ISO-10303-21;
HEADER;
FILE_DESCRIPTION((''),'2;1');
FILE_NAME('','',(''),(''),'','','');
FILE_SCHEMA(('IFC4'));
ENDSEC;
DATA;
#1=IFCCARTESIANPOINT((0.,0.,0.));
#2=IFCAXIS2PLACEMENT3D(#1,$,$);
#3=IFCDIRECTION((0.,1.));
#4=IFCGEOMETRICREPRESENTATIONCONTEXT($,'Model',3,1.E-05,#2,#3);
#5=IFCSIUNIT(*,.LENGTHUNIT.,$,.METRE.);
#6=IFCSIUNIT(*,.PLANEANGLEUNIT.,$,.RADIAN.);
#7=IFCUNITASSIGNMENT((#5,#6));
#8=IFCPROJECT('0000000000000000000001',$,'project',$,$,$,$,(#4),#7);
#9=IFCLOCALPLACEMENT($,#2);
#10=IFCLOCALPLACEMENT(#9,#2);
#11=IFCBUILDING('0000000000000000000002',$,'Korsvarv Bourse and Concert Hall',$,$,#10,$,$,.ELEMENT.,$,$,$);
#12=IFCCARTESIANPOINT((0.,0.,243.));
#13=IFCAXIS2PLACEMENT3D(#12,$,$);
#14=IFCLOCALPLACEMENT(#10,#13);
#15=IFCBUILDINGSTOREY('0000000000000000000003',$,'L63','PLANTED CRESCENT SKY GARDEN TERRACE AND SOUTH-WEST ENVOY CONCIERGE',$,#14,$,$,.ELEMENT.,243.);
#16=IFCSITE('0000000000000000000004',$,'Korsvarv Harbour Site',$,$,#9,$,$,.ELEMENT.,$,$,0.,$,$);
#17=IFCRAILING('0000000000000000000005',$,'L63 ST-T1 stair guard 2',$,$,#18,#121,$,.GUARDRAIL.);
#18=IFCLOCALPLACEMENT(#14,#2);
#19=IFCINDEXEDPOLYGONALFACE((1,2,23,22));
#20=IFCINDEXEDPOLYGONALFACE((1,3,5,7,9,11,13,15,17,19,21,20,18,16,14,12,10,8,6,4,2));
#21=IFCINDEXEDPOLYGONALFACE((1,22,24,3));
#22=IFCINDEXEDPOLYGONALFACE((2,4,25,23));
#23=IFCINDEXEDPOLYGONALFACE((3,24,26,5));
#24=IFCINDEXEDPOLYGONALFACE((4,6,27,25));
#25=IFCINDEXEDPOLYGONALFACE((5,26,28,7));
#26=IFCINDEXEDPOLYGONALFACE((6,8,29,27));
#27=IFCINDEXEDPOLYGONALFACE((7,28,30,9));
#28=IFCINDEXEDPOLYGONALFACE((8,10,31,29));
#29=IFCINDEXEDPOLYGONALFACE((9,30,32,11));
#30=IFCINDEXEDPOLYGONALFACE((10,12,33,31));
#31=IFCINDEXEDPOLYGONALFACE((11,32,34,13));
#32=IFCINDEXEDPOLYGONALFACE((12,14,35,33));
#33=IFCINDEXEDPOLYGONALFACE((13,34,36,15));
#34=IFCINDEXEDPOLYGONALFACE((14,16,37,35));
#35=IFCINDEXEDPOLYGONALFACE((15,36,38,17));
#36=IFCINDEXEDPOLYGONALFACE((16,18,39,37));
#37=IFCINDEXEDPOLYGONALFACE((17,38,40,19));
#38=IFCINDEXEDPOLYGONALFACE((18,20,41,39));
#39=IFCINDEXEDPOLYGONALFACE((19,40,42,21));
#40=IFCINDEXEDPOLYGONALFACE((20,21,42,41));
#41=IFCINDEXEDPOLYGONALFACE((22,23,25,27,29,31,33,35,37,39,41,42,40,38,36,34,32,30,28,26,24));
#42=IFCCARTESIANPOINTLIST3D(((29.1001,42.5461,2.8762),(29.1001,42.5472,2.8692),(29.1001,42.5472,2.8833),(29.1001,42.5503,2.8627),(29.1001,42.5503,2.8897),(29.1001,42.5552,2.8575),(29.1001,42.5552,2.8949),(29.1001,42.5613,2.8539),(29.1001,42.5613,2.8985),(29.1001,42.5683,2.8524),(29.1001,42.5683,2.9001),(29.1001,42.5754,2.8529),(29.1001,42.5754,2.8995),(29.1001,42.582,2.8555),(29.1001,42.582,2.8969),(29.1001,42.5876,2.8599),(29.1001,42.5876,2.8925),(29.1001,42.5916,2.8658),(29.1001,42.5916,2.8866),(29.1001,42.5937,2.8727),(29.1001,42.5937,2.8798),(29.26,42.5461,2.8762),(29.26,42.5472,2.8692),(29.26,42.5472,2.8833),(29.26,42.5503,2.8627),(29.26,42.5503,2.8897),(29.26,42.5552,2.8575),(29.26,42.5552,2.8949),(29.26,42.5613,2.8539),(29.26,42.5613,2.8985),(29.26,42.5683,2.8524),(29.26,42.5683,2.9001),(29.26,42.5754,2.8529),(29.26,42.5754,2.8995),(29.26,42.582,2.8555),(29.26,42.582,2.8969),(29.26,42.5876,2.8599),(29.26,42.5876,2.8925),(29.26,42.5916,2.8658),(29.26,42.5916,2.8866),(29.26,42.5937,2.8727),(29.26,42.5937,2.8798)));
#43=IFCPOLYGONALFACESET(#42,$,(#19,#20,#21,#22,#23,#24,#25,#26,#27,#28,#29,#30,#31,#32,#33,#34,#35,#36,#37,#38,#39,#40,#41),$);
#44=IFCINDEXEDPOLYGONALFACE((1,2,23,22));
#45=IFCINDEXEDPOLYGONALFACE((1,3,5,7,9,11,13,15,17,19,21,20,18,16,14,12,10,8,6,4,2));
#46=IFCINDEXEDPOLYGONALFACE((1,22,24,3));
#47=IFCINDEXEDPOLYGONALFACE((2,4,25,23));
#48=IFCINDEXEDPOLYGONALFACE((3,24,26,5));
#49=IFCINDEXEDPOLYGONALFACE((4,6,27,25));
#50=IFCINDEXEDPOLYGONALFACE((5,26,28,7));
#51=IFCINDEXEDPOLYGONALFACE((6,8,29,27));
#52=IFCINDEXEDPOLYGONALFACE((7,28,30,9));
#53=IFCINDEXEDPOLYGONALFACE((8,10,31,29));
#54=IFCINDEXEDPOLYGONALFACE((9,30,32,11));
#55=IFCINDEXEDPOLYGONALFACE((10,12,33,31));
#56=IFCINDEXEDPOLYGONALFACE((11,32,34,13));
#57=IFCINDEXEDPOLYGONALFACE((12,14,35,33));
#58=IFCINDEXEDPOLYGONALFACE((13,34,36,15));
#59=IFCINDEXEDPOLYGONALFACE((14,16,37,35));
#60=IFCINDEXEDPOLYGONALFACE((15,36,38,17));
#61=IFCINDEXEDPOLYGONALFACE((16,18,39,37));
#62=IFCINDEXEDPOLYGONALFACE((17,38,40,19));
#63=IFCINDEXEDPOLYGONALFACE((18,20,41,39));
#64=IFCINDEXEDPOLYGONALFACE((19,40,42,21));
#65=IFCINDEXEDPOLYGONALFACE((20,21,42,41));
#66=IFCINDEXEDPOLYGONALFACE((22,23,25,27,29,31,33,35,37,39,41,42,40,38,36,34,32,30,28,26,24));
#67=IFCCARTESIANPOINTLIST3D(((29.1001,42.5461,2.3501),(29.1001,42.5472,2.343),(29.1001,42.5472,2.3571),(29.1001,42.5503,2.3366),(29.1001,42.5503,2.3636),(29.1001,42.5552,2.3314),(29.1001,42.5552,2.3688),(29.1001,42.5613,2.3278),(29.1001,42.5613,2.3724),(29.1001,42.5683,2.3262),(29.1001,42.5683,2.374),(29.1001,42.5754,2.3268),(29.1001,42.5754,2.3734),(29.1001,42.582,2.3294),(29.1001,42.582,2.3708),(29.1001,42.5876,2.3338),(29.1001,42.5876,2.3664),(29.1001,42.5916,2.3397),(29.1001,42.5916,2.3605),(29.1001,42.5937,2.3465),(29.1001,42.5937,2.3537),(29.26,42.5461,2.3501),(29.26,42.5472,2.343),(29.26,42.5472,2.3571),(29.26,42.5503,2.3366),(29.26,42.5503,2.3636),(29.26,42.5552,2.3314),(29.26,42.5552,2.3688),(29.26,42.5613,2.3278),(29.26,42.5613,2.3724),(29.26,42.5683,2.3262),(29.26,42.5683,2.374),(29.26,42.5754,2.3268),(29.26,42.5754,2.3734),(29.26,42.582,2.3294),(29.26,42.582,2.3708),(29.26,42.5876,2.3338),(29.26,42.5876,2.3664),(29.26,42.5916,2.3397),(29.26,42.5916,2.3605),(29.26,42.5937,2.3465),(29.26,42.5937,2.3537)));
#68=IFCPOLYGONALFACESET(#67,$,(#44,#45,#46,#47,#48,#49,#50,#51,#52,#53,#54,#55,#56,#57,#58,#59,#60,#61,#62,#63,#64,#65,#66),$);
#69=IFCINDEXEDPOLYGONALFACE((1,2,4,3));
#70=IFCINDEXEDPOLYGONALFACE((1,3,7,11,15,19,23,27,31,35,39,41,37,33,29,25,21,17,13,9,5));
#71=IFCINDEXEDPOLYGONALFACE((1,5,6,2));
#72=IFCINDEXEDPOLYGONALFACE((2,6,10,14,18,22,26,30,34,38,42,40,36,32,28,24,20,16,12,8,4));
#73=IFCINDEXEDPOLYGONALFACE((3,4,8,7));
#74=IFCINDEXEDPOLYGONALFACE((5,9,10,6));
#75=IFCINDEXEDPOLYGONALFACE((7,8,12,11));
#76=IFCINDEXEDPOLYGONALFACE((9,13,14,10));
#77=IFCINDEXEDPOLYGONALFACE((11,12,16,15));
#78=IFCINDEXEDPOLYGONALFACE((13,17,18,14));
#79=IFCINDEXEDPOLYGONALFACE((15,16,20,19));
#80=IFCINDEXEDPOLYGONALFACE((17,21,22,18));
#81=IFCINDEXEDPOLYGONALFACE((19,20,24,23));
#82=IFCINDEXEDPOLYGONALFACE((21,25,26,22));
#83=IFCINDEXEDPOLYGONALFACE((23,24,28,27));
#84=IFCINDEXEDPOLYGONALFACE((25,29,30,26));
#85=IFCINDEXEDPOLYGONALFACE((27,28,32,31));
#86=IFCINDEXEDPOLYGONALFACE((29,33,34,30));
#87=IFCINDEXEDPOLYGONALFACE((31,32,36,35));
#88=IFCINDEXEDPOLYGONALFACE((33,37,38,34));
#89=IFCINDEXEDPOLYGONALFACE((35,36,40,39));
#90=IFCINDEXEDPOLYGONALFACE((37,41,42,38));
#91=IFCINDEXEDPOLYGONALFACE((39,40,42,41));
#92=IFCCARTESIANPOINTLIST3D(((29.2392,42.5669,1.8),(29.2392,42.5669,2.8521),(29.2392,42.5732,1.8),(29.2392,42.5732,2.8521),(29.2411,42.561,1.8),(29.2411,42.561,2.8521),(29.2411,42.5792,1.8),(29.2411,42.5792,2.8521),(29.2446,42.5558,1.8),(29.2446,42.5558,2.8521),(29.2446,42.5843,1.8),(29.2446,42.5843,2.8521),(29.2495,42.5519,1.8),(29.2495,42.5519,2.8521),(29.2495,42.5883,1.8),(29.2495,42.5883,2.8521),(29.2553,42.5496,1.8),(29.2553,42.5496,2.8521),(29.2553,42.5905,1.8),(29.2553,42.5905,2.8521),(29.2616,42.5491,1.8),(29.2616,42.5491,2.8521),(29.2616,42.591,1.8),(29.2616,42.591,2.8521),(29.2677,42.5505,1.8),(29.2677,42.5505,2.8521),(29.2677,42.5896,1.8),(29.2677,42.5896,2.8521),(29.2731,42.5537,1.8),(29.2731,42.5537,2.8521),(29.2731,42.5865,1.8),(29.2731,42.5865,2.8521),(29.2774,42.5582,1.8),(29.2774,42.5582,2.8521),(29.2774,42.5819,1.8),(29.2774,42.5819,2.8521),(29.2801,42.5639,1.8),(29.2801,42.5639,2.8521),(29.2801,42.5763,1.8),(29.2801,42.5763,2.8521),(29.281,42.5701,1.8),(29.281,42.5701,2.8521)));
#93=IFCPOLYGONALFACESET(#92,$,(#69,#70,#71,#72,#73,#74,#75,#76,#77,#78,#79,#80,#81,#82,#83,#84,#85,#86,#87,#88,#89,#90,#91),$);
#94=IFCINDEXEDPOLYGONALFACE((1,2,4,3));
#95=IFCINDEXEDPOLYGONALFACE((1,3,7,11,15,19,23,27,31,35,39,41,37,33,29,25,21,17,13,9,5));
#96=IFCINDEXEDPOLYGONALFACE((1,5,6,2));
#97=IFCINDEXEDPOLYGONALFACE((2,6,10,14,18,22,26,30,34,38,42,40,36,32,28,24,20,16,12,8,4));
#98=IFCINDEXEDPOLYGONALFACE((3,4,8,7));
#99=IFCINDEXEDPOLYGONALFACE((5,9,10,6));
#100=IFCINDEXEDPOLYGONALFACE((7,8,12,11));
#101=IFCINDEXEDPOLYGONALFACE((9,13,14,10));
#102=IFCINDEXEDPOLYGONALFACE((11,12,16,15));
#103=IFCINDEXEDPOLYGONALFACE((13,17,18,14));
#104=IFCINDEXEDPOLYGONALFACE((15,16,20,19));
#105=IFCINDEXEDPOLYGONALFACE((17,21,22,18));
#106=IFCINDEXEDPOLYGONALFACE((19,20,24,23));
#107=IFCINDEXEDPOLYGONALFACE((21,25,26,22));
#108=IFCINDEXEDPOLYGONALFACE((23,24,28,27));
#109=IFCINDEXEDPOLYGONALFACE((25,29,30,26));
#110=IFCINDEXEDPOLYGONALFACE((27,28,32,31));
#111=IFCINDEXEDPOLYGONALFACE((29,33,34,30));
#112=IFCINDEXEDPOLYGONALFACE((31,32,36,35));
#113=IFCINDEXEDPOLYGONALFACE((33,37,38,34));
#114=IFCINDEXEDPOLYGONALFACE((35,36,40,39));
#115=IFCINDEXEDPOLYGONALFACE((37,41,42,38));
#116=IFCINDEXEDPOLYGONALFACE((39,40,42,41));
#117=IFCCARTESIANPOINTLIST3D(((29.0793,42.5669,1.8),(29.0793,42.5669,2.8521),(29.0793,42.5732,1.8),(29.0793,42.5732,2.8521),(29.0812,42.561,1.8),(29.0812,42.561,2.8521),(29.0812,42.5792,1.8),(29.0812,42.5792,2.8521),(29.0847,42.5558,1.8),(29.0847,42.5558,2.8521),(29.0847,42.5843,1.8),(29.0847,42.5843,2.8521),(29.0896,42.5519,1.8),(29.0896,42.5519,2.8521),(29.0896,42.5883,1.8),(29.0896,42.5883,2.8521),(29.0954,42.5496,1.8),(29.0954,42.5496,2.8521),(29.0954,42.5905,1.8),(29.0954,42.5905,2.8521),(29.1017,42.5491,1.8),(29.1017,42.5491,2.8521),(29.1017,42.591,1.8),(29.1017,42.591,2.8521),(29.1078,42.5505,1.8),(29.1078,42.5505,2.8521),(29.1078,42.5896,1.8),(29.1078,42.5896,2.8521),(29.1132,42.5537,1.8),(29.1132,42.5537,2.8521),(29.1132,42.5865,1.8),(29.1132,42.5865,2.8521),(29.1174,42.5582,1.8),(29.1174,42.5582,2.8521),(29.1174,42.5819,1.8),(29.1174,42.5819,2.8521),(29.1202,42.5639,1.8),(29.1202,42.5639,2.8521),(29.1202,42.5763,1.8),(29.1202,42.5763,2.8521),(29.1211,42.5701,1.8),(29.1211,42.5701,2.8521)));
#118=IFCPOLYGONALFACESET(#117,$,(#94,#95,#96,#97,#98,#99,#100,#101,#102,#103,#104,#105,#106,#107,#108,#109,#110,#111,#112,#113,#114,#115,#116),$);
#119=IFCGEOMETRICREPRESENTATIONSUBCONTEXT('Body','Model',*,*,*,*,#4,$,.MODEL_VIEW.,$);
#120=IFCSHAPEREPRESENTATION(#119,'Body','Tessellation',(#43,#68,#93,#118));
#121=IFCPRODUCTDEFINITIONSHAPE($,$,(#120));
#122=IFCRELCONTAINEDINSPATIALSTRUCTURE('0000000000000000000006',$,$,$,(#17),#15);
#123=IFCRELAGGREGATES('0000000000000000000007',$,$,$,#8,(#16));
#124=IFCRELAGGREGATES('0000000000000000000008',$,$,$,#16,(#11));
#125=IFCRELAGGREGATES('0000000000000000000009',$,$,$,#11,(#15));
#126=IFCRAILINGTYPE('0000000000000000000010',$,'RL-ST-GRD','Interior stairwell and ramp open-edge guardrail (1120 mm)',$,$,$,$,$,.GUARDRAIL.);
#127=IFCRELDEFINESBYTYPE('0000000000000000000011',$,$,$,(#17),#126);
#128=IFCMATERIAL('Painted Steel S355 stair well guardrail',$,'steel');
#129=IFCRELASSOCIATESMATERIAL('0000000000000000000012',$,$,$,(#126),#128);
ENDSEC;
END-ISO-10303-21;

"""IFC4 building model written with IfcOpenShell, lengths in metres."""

from ifc_helpers import new_model, si_unit, direction, frame, origin, origin_2d, place, context, subcontext, project, spatial, circle, extrude, material, type_object, element, save


model = new_model("IFC4")

# Units and contexts
model_context = context("Model", 3, precision=1e-05, world=origin(), true_north=direction((0.0, 1.0)))
body_context = subcontext(model_context, "Body", "Model", "MODEL_VIEW")
ifc_project = project(units=[si_unit("LENGTHUNIT", "METRE"), si_unit("PLANEANGLEUNIT", "RADIAN")], contexts=[model_context])

# Site, building, storey
site_placement = place(None, origin())
site = spatial("IfcSite", under=ifc_project, at=site_placement, Name="Korsvarv Harbour Site", CompositionType="ELEMENT", RefElevation=0.0)
building_placement = place(site_placement, origin())
building = spatial("IfcBuilding", under=site, at=building_placement, Name="Korsvarv Bourse and Concert Hall", CompositionType="ELEMENT")
storey_placement = place(building_placement, frame((0.0, 0.0, 243.0)))
storey = spatial("IfcBuildingStorey", under=building, at=storey_placement, Name="L63", Description="PLANTED CRESCENT SKY GARDEN TERRACE AND SOUTH-WEST ENVOY CONCIERGE", CompositionType="ELEMENT", Elevation=243.0)

# Railing
ifc_material_1 = material(Name="Painted Steel S355 stair well guardrail", Category="steel")
railing_type_1 = type_object("IfcRailingType", Name="RL-ST-GRD", Description="Interior stairwell and ramp open-edge guardrail (1120 mm)", PredefinedType="GUARDRAIL", material=ifc_material_1)
railing_1_placement = place(storey_placement, frame((29.26, 42.5701, 1.8)))
element("IfcRailing", 1, at=railing_1_placement, inside=storey, type_object=railing_type_1, Name="L63 ST-T1 stair guard 2", PredefinedType="GUARDRAIL", context=body_context, shape_type="SweptSolid", body=[
    extrude(circle(Radius=0.0239, at=origin_2d()), frame((0.0, 0.0, 1.0762), z_axis=(-1.0, 0.0, 0.0), x_axis=(0.0, -1.0, 0.0)), (0.0, 0.0, 1.0), 0.1599),
    extrude(circle(Radius=0.0239, at=origin_2d()), frame((0.0, 0.0, 0.55), z_axis=(-1.0, 0.0, 0.0), x_axis=(0.0, -1.0, 0.0)), (0.0, 0.0, 1.0), 0.1599),
    extrude(circle(Radius=0.021, at=origin_2d()), origin(), (0.0, 0.0, 1.0), 1.052),
    extrude(circle(Radius=0.021, at=origin_2d()), frame((-0.1599, 0.0, 0.0)), (0.0, 0.0, 1.0), 1.052),
])

save(model, "model.ifc")
